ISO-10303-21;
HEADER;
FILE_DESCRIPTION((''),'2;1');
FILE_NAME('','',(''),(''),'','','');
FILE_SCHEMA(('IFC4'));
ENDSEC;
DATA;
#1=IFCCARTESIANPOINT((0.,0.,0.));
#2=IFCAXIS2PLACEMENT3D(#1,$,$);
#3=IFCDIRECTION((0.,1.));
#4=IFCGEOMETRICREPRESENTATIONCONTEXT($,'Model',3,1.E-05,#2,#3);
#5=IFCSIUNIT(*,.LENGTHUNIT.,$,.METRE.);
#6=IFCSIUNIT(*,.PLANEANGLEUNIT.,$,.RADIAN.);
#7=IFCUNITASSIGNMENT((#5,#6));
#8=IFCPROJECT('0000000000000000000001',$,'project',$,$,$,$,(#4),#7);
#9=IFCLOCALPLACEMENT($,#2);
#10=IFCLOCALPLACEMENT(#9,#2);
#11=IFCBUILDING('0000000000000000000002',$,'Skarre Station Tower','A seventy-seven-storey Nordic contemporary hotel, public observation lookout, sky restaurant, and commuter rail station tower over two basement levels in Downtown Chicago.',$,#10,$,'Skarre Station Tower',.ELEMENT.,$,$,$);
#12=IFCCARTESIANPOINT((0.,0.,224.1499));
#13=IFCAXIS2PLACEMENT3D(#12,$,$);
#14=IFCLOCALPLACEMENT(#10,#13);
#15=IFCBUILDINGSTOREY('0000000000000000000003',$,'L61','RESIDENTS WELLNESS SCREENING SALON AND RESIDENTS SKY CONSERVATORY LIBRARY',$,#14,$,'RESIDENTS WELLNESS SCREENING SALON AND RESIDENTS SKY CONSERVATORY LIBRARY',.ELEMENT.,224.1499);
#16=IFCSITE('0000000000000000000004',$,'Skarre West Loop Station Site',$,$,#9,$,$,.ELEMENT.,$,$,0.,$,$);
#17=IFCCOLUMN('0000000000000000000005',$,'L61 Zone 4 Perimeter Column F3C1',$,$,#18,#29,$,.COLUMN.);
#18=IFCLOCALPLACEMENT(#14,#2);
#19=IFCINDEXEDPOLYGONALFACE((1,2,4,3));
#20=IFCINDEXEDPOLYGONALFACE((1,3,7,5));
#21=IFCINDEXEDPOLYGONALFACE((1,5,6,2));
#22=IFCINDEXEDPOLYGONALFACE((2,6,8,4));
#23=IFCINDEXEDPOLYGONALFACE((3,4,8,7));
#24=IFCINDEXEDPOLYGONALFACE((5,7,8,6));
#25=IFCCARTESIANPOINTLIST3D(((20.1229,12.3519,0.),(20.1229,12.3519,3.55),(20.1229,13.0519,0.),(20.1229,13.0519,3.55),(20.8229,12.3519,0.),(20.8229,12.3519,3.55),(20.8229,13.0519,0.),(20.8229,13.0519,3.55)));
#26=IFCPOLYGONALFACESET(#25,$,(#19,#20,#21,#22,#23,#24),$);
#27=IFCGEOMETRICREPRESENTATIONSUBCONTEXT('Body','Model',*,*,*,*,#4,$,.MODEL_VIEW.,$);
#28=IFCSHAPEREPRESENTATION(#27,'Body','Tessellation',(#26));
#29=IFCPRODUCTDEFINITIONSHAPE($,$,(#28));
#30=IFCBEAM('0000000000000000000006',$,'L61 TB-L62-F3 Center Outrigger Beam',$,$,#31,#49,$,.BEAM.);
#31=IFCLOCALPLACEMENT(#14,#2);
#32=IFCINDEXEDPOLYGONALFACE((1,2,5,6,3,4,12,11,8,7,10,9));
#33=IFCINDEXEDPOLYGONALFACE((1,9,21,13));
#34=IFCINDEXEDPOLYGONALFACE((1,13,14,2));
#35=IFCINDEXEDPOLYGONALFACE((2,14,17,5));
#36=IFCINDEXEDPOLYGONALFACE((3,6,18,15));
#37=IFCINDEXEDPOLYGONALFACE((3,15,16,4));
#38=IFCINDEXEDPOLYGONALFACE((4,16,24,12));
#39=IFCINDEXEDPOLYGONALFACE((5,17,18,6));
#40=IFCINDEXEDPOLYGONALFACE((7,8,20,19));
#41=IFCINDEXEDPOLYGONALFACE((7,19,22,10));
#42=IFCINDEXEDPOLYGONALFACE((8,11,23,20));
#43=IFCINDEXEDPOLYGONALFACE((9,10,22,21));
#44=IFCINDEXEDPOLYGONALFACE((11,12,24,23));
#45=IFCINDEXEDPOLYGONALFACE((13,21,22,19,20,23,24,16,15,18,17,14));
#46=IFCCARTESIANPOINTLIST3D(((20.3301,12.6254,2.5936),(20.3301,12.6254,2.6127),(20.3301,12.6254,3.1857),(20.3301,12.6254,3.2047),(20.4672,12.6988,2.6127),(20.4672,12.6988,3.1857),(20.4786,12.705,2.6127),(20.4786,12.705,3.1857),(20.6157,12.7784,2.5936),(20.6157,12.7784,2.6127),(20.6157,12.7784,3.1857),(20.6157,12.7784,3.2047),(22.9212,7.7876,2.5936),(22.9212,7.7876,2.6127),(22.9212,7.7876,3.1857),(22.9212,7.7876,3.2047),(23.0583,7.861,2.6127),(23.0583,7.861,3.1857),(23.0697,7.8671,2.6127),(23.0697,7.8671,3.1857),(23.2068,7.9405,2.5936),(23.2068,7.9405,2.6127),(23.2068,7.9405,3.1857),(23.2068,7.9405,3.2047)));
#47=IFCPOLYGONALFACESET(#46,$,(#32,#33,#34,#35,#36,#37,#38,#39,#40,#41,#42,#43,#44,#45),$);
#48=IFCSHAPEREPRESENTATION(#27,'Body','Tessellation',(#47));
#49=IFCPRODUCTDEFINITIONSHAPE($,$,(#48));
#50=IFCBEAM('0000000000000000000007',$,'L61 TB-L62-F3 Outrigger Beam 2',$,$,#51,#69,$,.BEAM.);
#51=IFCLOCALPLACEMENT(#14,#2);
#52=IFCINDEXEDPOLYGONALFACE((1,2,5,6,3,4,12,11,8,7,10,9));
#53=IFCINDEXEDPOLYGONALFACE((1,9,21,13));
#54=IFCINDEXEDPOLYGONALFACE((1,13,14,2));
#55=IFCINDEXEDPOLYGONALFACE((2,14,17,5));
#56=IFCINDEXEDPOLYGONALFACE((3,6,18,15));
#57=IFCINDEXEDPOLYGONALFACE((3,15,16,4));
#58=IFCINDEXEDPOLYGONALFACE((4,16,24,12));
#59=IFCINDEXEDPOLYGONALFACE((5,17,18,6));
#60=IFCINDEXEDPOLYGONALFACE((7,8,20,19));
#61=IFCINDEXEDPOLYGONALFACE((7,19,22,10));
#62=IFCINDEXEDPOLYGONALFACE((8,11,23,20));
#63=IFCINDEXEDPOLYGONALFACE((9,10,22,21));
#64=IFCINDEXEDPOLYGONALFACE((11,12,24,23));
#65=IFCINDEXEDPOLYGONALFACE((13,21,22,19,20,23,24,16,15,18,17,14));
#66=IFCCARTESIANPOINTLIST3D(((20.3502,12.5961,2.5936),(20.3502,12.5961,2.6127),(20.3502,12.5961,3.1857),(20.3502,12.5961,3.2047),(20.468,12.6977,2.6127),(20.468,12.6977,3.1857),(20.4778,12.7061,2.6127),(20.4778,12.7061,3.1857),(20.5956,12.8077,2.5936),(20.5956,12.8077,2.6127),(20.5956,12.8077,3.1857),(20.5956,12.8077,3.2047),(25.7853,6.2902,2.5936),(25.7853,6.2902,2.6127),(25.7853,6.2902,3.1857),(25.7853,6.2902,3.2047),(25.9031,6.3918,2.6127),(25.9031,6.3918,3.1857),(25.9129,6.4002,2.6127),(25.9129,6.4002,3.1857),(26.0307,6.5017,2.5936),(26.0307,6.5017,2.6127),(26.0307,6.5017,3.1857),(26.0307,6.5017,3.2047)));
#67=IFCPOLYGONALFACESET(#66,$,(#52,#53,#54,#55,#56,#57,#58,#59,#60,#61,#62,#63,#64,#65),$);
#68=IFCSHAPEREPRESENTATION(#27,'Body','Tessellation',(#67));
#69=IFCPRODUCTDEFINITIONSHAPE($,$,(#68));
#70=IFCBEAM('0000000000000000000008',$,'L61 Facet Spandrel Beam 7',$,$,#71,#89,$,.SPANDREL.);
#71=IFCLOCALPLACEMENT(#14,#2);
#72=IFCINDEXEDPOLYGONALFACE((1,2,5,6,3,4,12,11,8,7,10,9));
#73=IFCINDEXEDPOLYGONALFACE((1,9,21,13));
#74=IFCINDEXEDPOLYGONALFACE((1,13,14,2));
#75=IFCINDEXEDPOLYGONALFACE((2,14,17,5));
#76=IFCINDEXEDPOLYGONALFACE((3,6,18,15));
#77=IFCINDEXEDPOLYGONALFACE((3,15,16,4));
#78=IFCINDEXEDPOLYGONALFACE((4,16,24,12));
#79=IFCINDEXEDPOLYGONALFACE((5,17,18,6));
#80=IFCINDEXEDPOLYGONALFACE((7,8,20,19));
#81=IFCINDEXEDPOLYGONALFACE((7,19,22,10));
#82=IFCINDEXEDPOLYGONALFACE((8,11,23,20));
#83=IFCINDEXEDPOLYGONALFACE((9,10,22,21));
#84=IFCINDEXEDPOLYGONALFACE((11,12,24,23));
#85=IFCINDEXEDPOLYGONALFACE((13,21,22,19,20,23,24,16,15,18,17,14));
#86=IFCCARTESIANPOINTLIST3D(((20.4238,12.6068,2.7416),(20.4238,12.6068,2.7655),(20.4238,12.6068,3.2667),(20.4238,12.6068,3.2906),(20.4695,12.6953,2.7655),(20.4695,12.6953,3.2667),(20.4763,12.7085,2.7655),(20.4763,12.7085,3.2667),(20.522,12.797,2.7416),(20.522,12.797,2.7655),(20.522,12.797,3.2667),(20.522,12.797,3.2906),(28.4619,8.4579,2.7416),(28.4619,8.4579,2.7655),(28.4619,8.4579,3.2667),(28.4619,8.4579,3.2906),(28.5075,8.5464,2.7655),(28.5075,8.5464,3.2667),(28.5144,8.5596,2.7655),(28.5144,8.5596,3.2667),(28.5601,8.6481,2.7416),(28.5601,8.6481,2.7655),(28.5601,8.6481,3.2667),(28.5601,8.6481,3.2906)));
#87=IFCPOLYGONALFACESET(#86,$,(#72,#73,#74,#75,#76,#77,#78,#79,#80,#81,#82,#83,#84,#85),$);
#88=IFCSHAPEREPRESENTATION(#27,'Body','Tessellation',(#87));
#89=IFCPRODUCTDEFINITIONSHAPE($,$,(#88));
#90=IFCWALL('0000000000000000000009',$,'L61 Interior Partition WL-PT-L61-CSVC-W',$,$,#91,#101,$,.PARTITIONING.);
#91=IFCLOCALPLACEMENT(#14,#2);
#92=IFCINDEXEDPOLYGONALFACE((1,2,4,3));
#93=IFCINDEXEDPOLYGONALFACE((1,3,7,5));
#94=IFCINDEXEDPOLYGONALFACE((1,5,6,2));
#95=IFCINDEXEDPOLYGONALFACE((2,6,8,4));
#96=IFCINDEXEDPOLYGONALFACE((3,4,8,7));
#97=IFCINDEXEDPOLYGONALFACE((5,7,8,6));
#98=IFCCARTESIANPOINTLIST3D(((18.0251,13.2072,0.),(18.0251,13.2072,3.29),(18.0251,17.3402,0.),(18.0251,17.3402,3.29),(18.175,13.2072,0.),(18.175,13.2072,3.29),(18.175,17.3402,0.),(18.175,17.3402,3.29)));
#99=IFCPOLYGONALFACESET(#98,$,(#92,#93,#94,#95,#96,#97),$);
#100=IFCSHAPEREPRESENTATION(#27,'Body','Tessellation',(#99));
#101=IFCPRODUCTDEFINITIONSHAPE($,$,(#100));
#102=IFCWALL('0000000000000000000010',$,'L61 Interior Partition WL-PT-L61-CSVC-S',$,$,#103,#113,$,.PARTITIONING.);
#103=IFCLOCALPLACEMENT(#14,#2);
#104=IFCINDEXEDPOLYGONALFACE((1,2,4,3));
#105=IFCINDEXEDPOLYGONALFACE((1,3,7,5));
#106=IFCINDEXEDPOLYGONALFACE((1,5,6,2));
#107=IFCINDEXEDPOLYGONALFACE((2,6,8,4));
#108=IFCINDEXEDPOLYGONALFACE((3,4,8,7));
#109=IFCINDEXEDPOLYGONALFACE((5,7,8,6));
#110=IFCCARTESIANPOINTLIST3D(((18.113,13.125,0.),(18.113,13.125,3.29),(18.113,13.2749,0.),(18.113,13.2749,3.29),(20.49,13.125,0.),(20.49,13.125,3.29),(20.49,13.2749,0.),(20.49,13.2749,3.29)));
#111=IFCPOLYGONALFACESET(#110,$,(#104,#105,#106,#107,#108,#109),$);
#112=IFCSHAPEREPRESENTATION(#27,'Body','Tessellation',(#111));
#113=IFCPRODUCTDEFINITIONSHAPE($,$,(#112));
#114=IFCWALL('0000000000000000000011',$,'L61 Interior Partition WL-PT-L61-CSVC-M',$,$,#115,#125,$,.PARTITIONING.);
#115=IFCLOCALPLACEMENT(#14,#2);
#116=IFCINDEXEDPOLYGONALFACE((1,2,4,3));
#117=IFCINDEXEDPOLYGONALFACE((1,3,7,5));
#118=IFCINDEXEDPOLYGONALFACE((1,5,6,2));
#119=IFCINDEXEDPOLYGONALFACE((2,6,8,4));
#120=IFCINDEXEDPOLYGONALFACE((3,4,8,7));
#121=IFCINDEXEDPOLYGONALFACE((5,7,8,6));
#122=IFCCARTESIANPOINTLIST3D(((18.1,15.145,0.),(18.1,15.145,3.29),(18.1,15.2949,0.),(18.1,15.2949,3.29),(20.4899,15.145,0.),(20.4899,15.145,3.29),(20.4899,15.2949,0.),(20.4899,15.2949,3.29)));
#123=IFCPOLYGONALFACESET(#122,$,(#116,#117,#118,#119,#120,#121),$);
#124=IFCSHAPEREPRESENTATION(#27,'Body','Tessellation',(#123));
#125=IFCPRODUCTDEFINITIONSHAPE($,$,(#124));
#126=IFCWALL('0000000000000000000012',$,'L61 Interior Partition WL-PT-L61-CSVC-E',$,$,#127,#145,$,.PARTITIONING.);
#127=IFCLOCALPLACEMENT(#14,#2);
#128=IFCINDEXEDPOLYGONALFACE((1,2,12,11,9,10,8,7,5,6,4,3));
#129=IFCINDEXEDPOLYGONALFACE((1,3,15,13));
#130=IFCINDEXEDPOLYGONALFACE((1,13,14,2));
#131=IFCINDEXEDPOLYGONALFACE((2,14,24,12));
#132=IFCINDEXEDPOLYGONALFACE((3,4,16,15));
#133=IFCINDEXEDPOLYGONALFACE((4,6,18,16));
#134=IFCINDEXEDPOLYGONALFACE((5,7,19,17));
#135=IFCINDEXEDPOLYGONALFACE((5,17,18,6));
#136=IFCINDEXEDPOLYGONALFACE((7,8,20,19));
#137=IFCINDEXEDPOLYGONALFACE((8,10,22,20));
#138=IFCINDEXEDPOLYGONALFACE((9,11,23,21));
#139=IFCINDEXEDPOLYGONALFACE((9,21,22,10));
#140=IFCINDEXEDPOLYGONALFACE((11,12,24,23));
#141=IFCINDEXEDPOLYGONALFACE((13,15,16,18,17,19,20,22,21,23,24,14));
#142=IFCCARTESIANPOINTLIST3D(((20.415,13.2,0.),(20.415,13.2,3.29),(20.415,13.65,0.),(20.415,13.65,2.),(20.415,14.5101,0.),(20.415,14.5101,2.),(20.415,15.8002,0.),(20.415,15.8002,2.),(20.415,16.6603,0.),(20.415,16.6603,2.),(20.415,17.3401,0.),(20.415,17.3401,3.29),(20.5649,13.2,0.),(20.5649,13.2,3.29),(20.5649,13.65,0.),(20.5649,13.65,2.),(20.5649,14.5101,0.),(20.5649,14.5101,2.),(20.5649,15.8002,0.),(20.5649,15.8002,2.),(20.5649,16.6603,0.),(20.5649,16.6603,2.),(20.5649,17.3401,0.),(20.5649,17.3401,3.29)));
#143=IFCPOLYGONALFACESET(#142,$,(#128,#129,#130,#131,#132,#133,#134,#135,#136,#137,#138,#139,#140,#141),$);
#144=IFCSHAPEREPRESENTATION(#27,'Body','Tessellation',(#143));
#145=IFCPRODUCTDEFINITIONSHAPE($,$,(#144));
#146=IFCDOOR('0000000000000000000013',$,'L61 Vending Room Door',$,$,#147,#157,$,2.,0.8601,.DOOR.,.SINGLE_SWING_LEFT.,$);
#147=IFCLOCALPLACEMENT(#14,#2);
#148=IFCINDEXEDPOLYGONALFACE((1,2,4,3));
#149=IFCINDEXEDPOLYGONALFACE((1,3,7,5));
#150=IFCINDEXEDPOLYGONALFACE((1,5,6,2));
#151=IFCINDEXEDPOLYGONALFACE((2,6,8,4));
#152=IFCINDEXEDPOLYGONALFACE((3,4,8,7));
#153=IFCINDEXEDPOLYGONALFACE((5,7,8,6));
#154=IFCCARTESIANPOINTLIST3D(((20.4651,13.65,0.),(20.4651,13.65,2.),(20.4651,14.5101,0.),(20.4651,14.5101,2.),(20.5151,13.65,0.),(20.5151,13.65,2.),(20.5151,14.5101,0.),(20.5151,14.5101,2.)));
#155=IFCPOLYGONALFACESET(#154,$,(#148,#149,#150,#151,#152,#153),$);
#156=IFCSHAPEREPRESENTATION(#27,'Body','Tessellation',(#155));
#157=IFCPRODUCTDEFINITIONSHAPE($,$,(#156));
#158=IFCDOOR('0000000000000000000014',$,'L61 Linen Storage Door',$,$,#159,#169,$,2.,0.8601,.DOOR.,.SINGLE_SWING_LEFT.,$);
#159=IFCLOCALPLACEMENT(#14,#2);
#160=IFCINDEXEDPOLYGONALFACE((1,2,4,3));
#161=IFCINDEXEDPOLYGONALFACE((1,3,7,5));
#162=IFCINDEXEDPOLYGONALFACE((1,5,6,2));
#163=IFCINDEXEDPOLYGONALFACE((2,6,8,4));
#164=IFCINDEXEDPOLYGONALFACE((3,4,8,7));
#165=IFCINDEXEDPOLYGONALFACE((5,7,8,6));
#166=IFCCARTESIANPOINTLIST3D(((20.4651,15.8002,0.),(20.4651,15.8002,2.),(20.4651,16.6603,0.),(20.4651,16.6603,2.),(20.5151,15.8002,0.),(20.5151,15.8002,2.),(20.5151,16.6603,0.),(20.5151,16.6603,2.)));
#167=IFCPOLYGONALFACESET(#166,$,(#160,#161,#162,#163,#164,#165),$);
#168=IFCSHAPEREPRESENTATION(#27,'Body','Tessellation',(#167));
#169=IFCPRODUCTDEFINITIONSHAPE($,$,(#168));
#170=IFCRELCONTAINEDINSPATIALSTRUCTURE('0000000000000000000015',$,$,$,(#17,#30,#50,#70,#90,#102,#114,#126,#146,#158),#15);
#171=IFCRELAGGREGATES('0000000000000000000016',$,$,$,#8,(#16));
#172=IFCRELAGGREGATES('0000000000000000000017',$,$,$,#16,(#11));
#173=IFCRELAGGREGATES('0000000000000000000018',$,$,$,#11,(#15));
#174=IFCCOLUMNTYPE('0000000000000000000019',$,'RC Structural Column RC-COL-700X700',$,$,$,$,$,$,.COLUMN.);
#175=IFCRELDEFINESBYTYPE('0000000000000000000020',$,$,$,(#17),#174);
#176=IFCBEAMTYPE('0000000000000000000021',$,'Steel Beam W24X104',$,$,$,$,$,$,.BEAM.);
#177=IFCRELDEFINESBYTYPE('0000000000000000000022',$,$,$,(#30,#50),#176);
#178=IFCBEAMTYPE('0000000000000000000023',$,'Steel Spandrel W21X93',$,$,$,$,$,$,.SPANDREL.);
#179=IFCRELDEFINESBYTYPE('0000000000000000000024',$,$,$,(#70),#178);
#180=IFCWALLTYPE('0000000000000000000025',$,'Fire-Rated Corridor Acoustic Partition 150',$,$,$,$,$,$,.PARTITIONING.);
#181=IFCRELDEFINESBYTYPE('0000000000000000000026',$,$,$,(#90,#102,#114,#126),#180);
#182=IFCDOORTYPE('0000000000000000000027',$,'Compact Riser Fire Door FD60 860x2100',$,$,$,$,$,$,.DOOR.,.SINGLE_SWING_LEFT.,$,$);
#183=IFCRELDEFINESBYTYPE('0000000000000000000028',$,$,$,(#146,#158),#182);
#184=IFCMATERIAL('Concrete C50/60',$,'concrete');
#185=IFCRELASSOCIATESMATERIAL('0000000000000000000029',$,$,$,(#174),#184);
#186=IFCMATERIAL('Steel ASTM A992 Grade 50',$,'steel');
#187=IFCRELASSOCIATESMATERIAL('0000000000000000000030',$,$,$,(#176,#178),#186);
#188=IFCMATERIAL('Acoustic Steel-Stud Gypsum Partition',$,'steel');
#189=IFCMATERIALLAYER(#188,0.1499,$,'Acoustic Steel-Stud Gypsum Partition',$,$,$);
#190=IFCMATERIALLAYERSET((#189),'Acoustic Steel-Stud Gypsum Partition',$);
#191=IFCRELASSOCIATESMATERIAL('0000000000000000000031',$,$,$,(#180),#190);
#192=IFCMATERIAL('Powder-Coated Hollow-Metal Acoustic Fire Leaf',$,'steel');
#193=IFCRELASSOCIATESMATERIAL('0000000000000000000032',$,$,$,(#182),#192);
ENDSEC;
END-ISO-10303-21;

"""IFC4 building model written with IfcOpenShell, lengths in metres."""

from ifc_helpers import new_model, si_unit, direction, frame, frame_2d, origin, origin_2d, place, context, subcontext, project, spatial, rectangle, i_section, extrude, material, layer, layer_set, material_profile, profile_set, type_object, element, fill, save


model = new_model("IFC4")

# Units and contexts
model_context = context("Model", 3, precision=1e-05, world=origin(), true_north=direction((0.0, 1.0)))
body_context = subcontext(model_context, "Body", "Model", "MODEL_VIEW")
ifc_project = project(units=[si_unit("LENGTHUNIT", "METRE"), si_unit("PLANEANGLEUNIT", "RADIAN")], contexts=[model_context])

# Site, building, storey
site_placement = place(None, origin())
site = spatial("IfcSite", under=ifc_project, at=site_placement, Name="Skarre West Loop Station Site", CompositionType="ELEMENT", RefElevation=0.0)
building_placement = place(site_placement, origin())
building = spatial("IfcBuilding", under=site, at=building_placement, Name="Skarre Station Tower", Description="A seventy-seven-storey Nordic contemporary hotel, public observation lookout, sky restaurant, and commuter rail station tower over two basement levels in Downtown Chicago.", LongName="Skarre Station Tower", CompositionType="ELEMENT")
storey_placement = place(building_placement, frame((0.0, 0.0, 224.1499)))
storey = spatial("IfcBuildingStorey", under=building, at=storey_placement, Name="L61", Description="RESIDENTS WELLNESS SCREENING SALON AND RESIDENTS SKY CONSERVATORY LIBRARY", LongName="RESIDENTS WELLNESS SCREENING SALON AND RESIDENTS SKY CONSERVATORY LIBRARY", CompositionType="ELEMENT", Elevation=224.1499)

# Column
ifc_material_1 = material(Name="Concrete C50/60", Category="concrete")
ifc_material_profile_1 = material_profile(ifc_material_1, rectangle(XDim=0.7, YDim=0.7, at=origin_2d()), Name="Concrete C50/60")
ifc_profile_set_1 = profile_set([ifc_material_profile_1], Name="Concrete C50/60")
column_type = type_object("IfcColumnType", Name="RC Structural Column RC-COL-700X700", PredefinedType="COLUMN", material=ifc_profile_set_1)
column_placement = place(storey_placement, frame((20.4729, 12.7019, 0.0), z_axis=(0.0, 0.0, 1.0), x_axis=(1.0, 0.0, 0.0)))
element("IfcColumn", 1, at=column_placement, inside=storey, type_object=column_type, Name="L61 Zone 4 Perimeter Column F3C1", PredefinedType="COLUMN", context=body_context, shape_type="SweptSolid", body=[
    extrude(rectangle(XDim=0.7, YDim=0.7, at=origin_2d()), origin(), (0.0, 0.0, 1.0), 3.55),
])

# Beams
ifc_material_2 = material(Name="Steel ASTM A992 Grade 50", Category="steel")
ifc_material_profile_2 = material_profile(ifc_material_2, i_section(OverallWidth=0.324, OverallDepth=0.6111, WebThickness=0.0129, FlangeThickness=0.019, at=origin_2d()), Name="Steel ASTM A992 Grade 50")
ifc_profile_set_2 = profile_set([ifc_material_profile_2], Name="Steel ASTM A992 Grade 50")
beam_type_1 = type_object("IfcBeamType", Name="Steel Beam W24X104", PredefinedType="BEAM", material=ifc_profile_set_2)
beam_1_placement = place(storey_placement, frame((20.4729, 12.7019, 2.8992), z_axis=(0.472128, -0.88153, 0.0), x_axis=(0.88153, 0.472128, 0.0)))
element("IfcBeam", 2, at=beam_1_placement, inside=storey, type_object=beam_type_1, Name="L61 TB-L62-F3 Center Outrigger Beam", PredefinedType="BEAM", context=body_context, shape_type="SweptSolid", body=[
    extrude(i_section(OverallWidth=0.324, OverallDepth=0.6111, WebThickness=0.0129, FlangeThickness=0.019, at=origin_2d()), origin(), (0.0, 0.0, 1.0), 5.488),
])
beam_2_placement = place(storey_placement, frame((20.4729, 12.7019, 2.8992), z_axis=(0.652866, -0.757473, 0.0), x_axis=(0.757473, 0.652866, 0.0)))
element("IfcBeam", 3, at=beam_2_placement, inside=storey, type_object=beam_type_1, Name="L61 TB-L62-F3 Outrigger Beam 2", PredefinedType="BEAM", context=body_context, shape_type="SweptSolid", body=[
    extrude(i_section(OverallWidth=0.324, OverallDepth=0.6111, WebThickness=0.0129, FlangeThickness=0.019, at=origin_2d()), origin(), (0.0, 0.0, 1.0), 8.325),
])
ifc_material_profile_3 = material_profile(ifc_material_2, i_section(OverallWidth=0.2141, OverallDepth=0.5491, WebThickness=0.0149, FlangeThickness=0.0239, at=origin_2d()), Name="Steel ASTM A992 Grade 50")
ifc_profile_set_3 = profile_set([ifc_material_profile_3], Name="Steel ASTM A992 Grade 50")
beam_type_2 = type_object("IfcBeamType", Name="Steel Spandrel W21X93", PredefinedType="SPANDREL", material=ifc_profile_set_3)
beam_3_placement = place(storey_placement, frame((20.4729, 12.7019, 3.0161), z_axis=(0.88861, -0.458664, 0.0), x_axis=(0.458664, 0.88861, 0.0)))
element("IfcBeam", 4, at=beam_3_placement, inside=storey, type_object=beam_type_2, Name="L61 Facet Spandrel Beam 7", PredefinedType="SPANDREL", context=body_context, shape_type="SweptSolid", body=[
    extrude(i_section(OverallWidth=0.2141, OverallDepth=0.5491, WebThickness=0.0149, FlangeThickness=0.0239, at=origin_2d()), origin(), (0.0, 0.0, 1.0), 9.0457),
])

# Walls
ifc_material_3 = material(Name="Acoustic Steel-Stud Gypsum Partition", Category="steel")
ifc_layer_1 = layer(ifc_material_3, 0.1499, Name="Acoustic Steel-Stud Gypsum Partition")
ifc_layer_set_1 = layer_set([ifc_layer_1], Name="Acoustic Steel-Stud Gypsum Partition")
wall_type_1 = type_object("IfcWallType", Name="Fire-Rated Corridor Acoustic Partition 150", PredefinedType="PARTITIONING", material=ifc_layer_set_1)
wall_1_placement = place(storey_placement, frame((18.1001, 17.3401, 0.0), z_axis=(0.0, 0.0, 1.0), x_axis=(0.0, -1.0, 0.0)))
element("IfcWall", 5, at=wall_1_placement, inside=storey, type_object=wall_type_1, Name="L61 Interior Partition WL-PT-L61-CSVC-W", PredefinedType="PARTITIONING", context=body_context, shape_type="SweptSolid", body=[
    extrude(rectangle(XDim=4.1331, YDim=0.1499, at=frame_2d((2.0664, 0.0))), origin(), (0.0, 0.0, 1.0), 3.29),
])
wall_2_placement = place(storey_placement, frame((18.113, 13.2, 0.0), z_axis=(0.0, 0.0, 1.0), x_axis=(1.0, 0.0, 0.0)))
element("IfcWall", 6, at=wall_2_placement, inside=storey, type_object=wall_type_1, Name="L61 Interior Partition WL-PT-L61-CSVC-S", PredefinedType="PARTITIONING", context=body_context, shape_type="SweptSolid", body=[
    extrude(rectangle(XDim=2.377, YDim=0.1499, at=frame_2d((1.1885, 0.0))), origin(), (0.0, 0.0, 1.0), 3.29),
])
wall_3_placement = place(storey_placement, frame((18.1001, 15.22, 0.0), z_axis=(0.0, 0.0, 1.0), x_axis=(1.0, 0.0, 0.0)))
element("IfcWall", 7, at=wall_3_placement, inside=storey, type_object=wall_type_1, Name="L61 Interior Partition WL-PT-L61-CSVC-M", PredefinedType="PARTITIONING", context=body_context, shape_type="SweptSolid", body=[
    extrude(rectangle(XDim=2.3899, YDim=0.1499, at=frame_2d((1.1948, 0.0))), origin(), (0.0, 0.0, 1.0), 3.29),
])

# Wall, openings, doors
wall_4_placement = place(storey_placement, frame((20.49, 13.2, 0.0), z_axis=(0.0, 0.0, 1.0), x_axis=(0.0, 1.0, 0.0)))
wall_4 = element("IfcWall", 8, at=wall_4_placement, inside=storey, type_object=wall_type_1, Name="L61 Interior Partition WL-PT-L61-CSVC-E", PredefinedType="PARTITIONING", context=body_context, shape_type="SweptSolid", body=[
    extrude(rectangle(XDim=4.1401, YDim=0.1499, at=frame_2d((2.0701, 0.0))), origin(), (0.0, 0.0, 1.0), 3.29),
])
opening_1_placement = place(wall_4_placement, frame((0.45, 0.0, 0.0)))
opening_1 = element("IfcOpeningElement", 9, at=opening_1_placement, cuts=wall_4, PredefinedType="OPENING", context=body_context, shape_type="SweptSolid", body=[
    extrude(rectangle(XDim=0.8601, YDim=2.0, at=frame_2d((0.4302, 1.0))), frame((0.0, 0.085, 0.0), z_axis=(0.0, -1.0, 0.0), x_axis=(1.0, 0.0, 0.0)), (0.0, 0.0, 1.0), 0.1699),
])
opening_2_placement = place(wall_4_placement, frame((2.6001, 0.0, 0.0)))
opening_2 = element("IfcOpeningElement", 10, at=opening_2_placement, cuts=wall_4, PredefinedType="OPENING", context=body_context, shape_type="SweptSolid", body=[
    extrude(rectangle(XDim=0.8601, YDim=2.0, at=frame_2d((0.4302, 1.0))), frame((0.0, 0.085, 0.0), z_axis=(0.0, -1.0, 0.0), x_axis=(1.0, 0.0, 0.0)), (0.0, 0.0, 1.0), 0.1699),
])
ifc_material_4 = material(Name="Powder-Coated Hollow-Metal Acoustic Fire Leaf", Category="steel")
door_type_1 = type_object("IfcDoorType", Name="Compact Riser Fire Door FD60 860x2100", OperationType="SINGLE_SWING_LEFT", PredefinedType="DOOR", material=ifc_material_4)
door_1_placement = place(opening_1_placement, origin())
door_1 = element("IfcDoor", 11, at=door_1_placement, inside=storey, type_object=door_type_1, Name="L61 Vending Room Door", OperationType="SINGLE_SWING_LEFT", OverallHeight=2.0, OverallWidth=0.8601, PredefinedType="DOOR", context=body_context, shape_type="SweptSolid", body=[
    extrude(rectangle(XDim=0.8601, YDim=2.0, at=frame_2d((0.4302, 1.0))), frame((0.0, 0.0249, 0.0), z_axis=(0.0, -1.0, 0.0), x_axis=(1.0, 0.0, 0.0)), (0.0, 0.0, 1.0), 0.05),
])
fill(opening_1, door_1)
door_2_placement = place(opening_2_placement, origin())
door_2 = element("IfcDoor", 12, at=door_2_placement, inside=storey, type_object=door_type_1, Name="L61 Linen Storage Door", OperationType="SINGLE_SWING_LEFT", OverallHeight=2.0, OverallWidth=0.8601, PredefinedType="DOOR", context=body_context, shape_type="SweptSolid", body=[
    extrude(rectangle(XDim=0.8601, YDim=2.0, at=frame_2d((0.4302, 1.0))), frame((0.0, 0.0249, 0.0), z_axis=(0.0, -1.0, 0.0), x_axis=(1.0, 0.0, 0.0)), (0.0, 0.0, 1.0), 0.05),
])
fill(opening_2, door_2)

save(model, "model.ifc")
